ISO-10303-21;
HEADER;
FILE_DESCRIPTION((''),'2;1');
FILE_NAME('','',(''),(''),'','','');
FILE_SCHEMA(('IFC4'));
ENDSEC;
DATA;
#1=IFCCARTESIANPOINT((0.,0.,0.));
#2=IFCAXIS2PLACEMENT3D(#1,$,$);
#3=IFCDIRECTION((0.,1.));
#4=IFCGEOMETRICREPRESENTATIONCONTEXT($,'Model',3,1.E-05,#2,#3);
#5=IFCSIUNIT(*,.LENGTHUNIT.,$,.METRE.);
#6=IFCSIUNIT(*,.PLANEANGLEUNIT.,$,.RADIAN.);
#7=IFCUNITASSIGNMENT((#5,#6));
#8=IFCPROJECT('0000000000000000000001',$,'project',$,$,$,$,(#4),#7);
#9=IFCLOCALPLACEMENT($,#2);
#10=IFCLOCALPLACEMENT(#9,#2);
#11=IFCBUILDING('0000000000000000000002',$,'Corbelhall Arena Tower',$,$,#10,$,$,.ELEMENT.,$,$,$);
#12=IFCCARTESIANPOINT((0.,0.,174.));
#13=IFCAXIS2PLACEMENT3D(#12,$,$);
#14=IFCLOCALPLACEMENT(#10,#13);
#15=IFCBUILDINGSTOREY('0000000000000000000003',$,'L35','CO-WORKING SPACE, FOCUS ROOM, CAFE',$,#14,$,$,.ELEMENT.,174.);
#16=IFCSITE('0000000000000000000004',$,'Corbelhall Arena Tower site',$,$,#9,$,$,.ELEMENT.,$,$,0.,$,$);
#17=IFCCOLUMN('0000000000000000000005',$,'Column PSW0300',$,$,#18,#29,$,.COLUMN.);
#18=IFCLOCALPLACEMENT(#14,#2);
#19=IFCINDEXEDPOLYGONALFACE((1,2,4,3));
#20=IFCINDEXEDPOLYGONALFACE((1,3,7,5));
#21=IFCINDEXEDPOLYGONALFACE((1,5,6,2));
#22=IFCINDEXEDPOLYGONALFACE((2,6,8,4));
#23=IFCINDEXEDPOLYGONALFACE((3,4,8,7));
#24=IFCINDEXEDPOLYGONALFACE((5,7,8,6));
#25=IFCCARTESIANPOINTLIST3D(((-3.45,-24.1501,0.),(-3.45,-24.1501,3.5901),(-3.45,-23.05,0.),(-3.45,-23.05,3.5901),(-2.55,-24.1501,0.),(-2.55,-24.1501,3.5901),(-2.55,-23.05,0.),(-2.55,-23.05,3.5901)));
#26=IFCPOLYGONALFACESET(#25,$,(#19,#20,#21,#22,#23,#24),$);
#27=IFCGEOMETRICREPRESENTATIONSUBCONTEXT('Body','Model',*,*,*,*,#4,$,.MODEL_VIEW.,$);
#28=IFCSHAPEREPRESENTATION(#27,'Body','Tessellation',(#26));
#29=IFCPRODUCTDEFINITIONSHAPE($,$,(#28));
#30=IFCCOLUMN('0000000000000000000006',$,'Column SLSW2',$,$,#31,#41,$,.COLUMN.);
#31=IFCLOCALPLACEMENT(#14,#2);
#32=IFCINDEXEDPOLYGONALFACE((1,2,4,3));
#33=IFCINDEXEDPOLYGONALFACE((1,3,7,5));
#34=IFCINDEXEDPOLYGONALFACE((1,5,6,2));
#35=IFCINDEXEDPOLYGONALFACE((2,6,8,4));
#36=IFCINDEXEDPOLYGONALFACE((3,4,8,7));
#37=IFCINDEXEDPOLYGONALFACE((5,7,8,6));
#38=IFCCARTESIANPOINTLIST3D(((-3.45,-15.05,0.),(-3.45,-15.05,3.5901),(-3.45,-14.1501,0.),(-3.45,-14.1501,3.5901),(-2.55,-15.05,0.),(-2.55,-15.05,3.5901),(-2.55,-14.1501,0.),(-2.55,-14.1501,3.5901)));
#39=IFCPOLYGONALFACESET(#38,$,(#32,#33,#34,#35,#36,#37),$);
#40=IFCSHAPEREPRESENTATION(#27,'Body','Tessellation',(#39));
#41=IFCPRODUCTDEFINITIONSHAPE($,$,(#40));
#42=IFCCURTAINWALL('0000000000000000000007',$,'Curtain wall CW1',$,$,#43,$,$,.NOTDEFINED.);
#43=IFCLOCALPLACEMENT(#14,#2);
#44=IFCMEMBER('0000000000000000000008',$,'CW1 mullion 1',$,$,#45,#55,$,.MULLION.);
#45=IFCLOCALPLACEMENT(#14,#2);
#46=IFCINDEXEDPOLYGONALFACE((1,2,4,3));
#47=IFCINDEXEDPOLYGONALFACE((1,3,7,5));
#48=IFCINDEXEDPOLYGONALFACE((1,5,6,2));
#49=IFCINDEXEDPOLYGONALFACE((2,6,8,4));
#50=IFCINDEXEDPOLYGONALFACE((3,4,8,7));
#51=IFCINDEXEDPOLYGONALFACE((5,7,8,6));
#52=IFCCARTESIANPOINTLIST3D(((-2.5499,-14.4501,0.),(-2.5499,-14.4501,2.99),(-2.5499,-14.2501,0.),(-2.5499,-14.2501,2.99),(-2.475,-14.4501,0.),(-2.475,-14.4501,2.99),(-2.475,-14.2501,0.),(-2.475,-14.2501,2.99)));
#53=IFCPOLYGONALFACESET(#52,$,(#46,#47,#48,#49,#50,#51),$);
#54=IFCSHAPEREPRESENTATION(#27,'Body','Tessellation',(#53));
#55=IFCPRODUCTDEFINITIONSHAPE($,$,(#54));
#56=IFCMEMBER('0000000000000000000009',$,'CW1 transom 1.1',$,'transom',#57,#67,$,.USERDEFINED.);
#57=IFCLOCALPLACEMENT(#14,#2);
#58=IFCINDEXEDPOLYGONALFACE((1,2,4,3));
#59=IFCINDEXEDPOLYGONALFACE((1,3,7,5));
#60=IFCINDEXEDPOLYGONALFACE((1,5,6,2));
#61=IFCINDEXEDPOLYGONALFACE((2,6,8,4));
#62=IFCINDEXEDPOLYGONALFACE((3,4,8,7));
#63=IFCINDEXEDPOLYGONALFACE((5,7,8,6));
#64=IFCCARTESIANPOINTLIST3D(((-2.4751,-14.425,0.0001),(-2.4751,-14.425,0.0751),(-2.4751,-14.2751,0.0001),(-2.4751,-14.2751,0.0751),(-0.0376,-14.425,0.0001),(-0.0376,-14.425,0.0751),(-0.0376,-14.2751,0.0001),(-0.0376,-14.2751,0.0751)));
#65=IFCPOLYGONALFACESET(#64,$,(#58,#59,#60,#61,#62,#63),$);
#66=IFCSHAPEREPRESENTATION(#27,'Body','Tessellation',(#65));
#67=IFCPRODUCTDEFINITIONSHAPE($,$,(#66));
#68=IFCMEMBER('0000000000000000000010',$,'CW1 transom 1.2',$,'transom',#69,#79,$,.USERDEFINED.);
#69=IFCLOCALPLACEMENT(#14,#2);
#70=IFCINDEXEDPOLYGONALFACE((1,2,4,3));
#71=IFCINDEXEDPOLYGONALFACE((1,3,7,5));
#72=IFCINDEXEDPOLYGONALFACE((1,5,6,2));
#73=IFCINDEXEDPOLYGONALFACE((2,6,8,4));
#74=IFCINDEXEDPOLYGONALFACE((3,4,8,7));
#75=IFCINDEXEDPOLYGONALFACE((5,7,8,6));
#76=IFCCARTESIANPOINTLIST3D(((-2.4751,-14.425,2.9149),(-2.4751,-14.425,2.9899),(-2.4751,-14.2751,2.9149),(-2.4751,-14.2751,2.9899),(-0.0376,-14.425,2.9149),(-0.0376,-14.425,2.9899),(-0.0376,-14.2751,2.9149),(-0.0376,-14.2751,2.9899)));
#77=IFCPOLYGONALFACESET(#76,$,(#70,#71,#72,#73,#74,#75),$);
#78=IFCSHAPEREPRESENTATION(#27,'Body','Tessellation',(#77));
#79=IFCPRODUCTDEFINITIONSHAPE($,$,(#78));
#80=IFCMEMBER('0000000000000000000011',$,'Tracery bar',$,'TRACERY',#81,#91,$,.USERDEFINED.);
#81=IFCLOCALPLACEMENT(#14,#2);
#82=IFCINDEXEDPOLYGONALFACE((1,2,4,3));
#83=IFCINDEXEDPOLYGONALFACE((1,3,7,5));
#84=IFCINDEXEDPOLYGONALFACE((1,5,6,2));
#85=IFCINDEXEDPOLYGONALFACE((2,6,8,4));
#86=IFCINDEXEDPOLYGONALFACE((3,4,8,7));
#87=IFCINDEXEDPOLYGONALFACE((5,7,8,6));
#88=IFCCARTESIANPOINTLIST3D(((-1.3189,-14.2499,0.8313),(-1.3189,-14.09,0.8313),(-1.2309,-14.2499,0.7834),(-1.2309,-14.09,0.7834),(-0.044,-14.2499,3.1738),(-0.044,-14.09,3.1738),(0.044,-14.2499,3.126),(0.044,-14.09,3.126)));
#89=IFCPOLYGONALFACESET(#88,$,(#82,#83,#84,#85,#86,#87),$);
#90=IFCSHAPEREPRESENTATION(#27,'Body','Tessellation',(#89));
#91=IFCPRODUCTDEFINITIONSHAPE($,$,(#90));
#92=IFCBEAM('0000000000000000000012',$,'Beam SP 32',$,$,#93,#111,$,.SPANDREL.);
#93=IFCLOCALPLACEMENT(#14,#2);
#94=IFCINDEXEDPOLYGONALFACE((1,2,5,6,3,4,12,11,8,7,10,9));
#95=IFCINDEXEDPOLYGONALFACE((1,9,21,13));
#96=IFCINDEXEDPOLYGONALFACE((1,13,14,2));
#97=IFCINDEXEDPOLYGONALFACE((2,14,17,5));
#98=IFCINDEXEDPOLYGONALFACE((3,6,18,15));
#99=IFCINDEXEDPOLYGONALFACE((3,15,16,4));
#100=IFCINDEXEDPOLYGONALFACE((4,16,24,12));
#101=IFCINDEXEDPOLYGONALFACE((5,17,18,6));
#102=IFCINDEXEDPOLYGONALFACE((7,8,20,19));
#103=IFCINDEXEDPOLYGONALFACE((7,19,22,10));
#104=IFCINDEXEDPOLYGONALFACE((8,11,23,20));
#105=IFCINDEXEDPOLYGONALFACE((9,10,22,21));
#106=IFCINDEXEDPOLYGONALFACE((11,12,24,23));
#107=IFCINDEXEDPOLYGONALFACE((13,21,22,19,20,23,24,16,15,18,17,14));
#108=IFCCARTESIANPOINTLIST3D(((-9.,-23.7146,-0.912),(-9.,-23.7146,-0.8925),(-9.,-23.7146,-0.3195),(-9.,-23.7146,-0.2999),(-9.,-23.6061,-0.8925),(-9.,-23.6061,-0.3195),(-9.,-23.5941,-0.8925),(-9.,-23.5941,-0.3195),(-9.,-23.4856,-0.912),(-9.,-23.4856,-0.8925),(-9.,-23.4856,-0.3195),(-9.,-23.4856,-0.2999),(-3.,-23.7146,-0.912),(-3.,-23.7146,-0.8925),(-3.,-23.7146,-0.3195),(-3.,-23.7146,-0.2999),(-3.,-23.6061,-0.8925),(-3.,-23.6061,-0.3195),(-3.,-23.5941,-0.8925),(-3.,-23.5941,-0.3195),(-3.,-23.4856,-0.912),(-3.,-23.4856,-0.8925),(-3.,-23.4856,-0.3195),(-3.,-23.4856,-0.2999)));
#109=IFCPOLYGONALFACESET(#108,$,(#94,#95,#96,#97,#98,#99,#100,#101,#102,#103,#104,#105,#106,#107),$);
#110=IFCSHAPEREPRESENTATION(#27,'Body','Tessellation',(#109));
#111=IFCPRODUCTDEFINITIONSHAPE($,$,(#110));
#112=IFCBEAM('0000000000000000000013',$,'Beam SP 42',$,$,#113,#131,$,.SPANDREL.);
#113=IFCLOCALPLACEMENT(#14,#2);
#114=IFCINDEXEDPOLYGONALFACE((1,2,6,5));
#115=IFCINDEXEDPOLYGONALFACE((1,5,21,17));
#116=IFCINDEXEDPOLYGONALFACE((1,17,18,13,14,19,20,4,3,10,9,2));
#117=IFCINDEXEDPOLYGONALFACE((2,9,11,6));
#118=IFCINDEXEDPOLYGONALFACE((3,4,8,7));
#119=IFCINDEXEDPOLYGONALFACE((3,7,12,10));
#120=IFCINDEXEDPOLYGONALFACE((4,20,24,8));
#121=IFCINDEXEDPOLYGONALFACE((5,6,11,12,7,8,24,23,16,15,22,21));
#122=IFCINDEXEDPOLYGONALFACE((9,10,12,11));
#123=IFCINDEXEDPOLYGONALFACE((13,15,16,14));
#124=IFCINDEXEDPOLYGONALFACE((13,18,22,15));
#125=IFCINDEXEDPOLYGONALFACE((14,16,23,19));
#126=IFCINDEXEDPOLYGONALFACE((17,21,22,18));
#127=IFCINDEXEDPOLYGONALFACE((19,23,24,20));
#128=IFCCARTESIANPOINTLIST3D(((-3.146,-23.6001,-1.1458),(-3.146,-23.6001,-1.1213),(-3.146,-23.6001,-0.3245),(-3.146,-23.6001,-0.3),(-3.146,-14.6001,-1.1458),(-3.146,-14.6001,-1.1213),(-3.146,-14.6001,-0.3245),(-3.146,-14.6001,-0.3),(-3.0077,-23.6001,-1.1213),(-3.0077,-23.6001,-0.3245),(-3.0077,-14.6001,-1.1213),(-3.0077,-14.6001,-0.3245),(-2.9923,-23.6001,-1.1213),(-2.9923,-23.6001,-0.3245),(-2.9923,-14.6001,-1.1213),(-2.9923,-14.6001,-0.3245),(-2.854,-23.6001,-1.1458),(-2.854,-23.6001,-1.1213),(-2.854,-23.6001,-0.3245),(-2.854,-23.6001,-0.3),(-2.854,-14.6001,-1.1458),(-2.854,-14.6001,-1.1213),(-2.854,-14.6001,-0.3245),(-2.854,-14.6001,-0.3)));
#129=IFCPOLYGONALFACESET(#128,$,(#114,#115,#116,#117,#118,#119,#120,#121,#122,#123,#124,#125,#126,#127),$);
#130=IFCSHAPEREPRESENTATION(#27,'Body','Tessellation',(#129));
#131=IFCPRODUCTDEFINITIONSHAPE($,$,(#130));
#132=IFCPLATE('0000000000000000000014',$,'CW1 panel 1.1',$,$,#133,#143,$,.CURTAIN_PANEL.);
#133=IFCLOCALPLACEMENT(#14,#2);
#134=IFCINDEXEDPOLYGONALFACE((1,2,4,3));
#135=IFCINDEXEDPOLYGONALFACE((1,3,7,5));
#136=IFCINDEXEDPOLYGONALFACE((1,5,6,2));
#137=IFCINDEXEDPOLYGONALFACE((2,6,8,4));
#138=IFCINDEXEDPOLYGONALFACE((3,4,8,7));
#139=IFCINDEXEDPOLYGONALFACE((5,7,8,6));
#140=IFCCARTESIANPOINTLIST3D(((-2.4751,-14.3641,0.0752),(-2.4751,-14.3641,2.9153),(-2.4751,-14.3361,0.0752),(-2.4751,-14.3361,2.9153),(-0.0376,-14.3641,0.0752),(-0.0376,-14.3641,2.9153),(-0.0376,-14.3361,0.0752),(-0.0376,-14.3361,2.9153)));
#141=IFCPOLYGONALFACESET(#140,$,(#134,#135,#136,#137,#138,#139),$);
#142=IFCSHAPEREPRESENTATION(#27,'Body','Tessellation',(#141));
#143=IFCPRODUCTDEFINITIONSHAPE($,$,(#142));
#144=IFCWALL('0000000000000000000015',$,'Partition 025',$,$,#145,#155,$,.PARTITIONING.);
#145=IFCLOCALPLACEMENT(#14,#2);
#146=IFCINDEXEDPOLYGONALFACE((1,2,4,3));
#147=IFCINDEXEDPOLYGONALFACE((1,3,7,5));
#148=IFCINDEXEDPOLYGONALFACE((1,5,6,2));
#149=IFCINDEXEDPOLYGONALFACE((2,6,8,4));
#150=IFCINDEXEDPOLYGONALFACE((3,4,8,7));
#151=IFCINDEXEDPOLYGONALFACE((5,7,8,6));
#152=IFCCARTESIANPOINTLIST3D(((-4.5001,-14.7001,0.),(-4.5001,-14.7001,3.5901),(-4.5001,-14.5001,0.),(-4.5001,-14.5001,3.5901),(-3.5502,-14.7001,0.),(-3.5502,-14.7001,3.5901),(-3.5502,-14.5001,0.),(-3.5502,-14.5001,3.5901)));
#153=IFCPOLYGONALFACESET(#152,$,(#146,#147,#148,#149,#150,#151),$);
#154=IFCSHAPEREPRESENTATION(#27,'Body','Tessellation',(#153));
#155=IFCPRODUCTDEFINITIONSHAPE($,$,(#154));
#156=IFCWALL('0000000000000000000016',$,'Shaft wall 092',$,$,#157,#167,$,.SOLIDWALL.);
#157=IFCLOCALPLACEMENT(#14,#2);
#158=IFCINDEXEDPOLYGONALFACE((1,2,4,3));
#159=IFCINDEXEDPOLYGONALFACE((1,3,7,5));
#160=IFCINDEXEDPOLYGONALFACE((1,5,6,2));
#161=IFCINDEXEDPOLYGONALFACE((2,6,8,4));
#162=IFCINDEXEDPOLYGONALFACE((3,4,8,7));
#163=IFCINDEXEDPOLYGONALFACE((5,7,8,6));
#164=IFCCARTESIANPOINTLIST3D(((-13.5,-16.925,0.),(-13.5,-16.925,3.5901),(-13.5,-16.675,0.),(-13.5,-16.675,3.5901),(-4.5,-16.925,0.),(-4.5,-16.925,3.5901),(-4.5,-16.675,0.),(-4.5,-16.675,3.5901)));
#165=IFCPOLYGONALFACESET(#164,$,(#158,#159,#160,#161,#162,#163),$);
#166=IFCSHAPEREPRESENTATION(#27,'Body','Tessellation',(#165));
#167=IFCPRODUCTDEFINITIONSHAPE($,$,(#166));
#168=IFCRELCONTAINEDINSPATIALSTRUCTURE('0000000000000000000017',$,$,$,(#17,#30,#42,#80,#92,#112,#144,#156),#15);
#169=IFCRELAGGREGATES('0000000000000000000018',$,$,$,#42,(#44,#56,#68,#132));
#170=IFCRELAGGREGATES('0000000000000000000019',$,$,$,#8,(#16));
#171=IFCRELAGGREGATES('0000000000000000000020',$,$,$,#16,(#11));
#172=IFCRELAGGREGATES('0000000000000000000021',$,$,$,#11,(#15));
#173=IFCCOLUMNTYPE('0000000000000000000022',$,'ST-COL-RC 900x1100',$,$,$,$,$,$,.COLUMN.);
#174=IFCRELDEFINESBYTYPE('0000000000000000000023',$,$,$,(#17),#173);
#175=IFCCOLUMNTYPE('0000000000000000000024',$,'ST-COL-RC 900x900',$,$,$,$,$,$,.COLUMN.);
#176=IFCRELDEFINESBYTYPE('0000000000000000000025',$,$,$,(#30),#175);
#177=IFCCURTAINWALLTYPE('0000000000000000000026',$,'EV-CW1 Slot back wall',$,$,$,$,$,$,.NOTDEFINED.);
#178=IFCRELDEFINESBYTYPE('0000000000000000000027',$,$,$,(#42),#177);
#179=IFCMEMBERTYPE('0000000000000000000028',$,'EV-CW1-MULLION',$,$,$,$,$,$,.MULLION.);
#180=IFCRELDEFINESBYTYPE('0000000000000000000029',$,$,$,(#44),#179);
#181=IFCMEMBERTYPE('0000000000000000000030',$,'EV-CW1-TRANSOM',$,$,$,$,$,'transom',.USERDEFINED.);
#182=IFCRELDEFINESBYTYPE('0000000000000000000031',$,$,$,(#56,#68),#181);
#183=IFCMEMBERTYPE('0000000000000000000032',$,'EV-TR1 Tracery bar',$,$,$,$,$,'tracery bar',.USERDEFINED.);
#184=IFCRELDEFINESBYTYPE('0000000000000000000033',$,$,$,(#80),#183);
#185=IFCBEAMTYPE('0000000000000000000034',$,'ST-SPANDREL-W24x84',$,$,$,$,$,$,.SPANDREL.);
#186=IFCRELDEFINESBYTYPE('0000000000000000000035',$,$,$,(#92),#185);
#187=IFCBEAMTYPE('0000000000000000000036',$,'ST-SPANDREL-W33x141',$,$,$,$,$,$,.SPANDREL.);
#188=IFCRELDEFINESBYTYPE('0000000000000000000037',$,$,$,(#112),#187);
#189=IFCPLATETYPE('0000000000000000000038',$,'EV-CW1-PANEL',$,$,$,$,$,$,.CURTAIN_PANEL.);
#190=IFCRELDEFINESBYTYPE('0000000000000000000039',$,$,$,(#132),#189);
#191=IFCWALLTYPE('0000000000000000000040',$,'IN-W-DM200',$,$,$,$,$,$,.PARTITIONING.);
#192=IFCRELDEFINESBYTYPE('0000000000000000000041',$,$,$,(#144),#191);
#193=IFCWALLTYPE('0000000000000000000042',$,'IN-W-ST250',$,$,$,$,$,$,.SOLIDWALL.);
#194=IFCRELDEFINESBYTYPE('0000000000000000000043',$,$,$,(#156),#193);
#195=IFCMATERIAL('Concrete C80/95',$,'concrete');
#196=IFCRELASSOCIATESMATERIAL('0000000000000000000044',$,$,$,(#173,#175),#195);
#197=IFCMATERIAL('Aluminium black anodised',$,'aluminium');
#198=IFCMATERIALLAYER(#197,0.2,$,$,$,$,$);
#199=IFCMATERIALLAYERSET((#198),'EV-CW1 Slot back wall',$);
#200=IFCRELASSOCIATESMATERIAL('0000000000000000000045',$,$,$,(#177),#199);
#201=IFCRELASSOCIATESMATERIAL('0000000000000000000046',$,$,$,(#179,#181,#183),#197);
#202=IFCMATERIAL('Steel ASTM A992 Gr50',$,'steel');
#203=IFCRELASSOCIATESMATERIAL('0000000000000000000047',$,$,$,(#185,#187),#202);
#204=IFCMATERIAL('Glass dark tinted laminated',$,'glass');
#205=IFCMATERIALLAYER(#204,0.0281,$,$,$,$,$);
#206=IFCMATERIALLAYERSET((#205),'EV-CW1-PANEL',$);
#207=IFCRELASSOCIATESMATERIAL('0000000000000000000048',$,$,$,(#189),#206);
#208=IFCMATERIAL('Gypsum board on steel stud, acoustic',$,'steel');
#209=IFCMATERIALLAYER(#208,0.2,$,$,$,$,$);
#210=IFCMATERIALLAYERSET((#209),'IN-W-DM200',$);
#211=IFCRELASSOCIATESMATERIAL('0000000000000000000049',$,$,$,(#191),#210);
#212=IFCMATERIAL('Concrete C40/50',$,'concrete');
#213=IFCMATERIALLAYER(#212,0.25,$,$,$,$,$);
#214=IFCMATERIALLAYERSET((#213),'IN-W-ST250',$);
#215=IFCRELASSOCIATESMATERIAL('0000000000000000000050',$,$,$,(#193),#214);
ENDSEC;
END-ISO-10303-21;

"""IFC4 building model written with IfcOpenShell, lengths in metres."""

from ifc_helpers import new_model, si_unit, direction, frame, frame_2d, origin, origin_2d, place, context, subcontext, project, spatial, rectangle, i_section, extrude, material, layer, layer_set, material_profile, profile_set, type_object, element, aggregate, save


model = new_model("IFC4")

# Units and contexts
model_context = context("Model", 3, precision=1e-05, world=origin(), true_north=direction((0.0, 1.0)))
body_context = subcontext(model_context, "Body", "Model", "MODEL_VIEW")
ifc_project = project(units=[si_unit("LENGTHUNIT", "METRE"), si_unit("PLANEANGLEUNIT", "RADIAN")], contexts=[model_context])

# Site, building, storey
site_placement = place(None, origin())
site = spatial("IfcSite", under=ifc_project, at=site_placement, Name="Corbelhall Arena Tower site", CompositionType="ELEMENT", RefElevation=0.0)
building_placement = place(site_placement, origin())
building = spatial("IfcBuilding", under=site, at=building_placement, Name="Corbelhall Arena Tower", CompositionType="ELEMENT")
storey_placement = place(building_placement, frame((0.0, 0.0, 174.0)))
storey = spatial("IfcBuildingStorey", under=building, at=storey_placement, Name="L35", Description="CO-WORKING SPACE, FOCUS ROOM, CAFE", CompositionType="ELEMENT", Elevation=174.0)

# Columns
ifc_material_1 = material(Name="Concrete C80/95", Category="concrete")
ifc_material_profile_1 = material_profile(ifc_material_1, rectangle(XDim=0.8999, YDim=1.1001, at=origin_2d()))
ifc_profile_set_1 = profile_set([ifc_material_profile_1], Name="Concrete C80/95")
column_type_1 = type_object("IfcColumnType", Name="ST-COL-RC 900x1100", PredefinedType="COLUMN", material=ifc_profile_set_1)
column_1_placement = place(storey_placement, frame((-3.0, -23.6001, 0.0), z_axis=(0.0, 0.0, 1.0), x_axis=(1.0, 0.0, 0.0)))
element("IfcColumn", 1, at=column_1_placement, inside=storey, type_object=column_type_1, Name="Column PSW0300", PredefinedType="COLUMN", context=body_context, shape_type="SweptSolid", body=[
    extrude(rectangle(XDim=0.8999, YDim=1.1001, at=origin_2d()), origin(), (0.0, 0.0, 1.0), 3.5901),
])
ifc_material_profile_2 = material_profile(ifc_material_1, rectangle(XDim=0.8999, YDim=0.8999, at=origin_2d()))
ifc_profile_set_2 = profile_set([ifc_material_profile_2], Name="Concrete C80/95")
column_type_2 = type_object("IfcColumnType", Name="ST-COL-RC 900x900", PredefinedType="COLUMN", material=ifc_profile_set_2)
column_2_placement = place(storey_placement, frame((-3.0, -14.6001, 0.0), z_axis=(0.0, 0.0, 1.0), x_axis=(1.0, 0.0, 0.0)))
element("IfcColumn", 2, at=column_2_placement, inside=storey, type_object=column_type_2, Name="Column SLSW2", PredefinedType="COLUMN", context=body_context, shape_type="SweptSolid", body=[
    extrude(rectangle(XDim=0.8999, YDim=0.8999, at=origin_2d()), origin(), (0.0, 0.0, 1.0), 3.5901),
])

# Curtain wall, members
ifc_material_2 = material(Name="Aluminium black anodised", Category="aluminium")
ifc_layer_1 = layer(ifc_material_2, 0.2)
ifc_layer_set_1 = layer_set([ifc_layer_1], Name="EV-CW1 Slot back wall")
curtain_wall_type = type_object("IfcCurtainWallType", Name="EV-CW1 Slot back wall", PredefinedType="NOTDEFINED", material=ifc_layer_set_1)
curtain_wall_placement = place(storey_placement, origin())
curtain_wall = element("IfcCurtainWall", 3, at=curtain_wall_placement, inside=storey, type_object=curtain_wall_type, Name="Curtain wall CW1", PredefinedType="NOTDEFINED")
ifc_material_profile_3 = material_profile(ifc_material_2, rectangle(XDim=0.2, YDim=0.075, at=origin_2d()))
ifc_profile_set_3 = profile_set([ifc_material_profile_3], Name="Aluminium black anodised")
member_type_1 = type_object("IfcMemberType", Name="EV-CW1-MULLION", PredefinedType="MULLION", material=ifc_profile_set_3)
member_1_placement = place(storey_placement, frame((-2.5125, -14.3501, 0.0), z_axis=(0.0, 0.0, 1.0), x_axis=(0.0, 1.0, 0.0)))
member_1 = element("IfcMember", 4, at=member_1_placement, type_object=member_type_1, Name="CW1 mullion 1", PredefinedType="MULLION", context=body_context, shape_type="SweptSolid", body=[
    extrude(rectangle(XDim=0.2, YDim=0.075, at=origin_2d()), origin(), (0.0, 0.0, 1.0), 2.99),
])
ifc_material_profile_4 = material_profile(ifc_material_2, rectangle(XDim=0.1499, YDim=0.075, at=origin_2d()))
ifc_profile_set_4 = profile_set([ifc_material_profile_4], Name="Aluminium black anodised")
member_type_2 = type_object("IfcMemberType", Name="EV-CW1-TRANSOM", ElementType="transom", PredefinedType="USERDEFINED", material=ifc_profile_set_4)
member_2_placement = place(storey_placement, frame((-2.4751, -14.3501, 0.0376), z_axis=(1.0, 0.0, 0.0), x_axis=(0.0, 1.0, 0.0)))
member_2 = element("IfcMember", 5, at=member_2_placement, type_object=member_type_2, Name="CW1 transom 1.1", ObjectType="transom", PredefinedType="USERDEFINED", context=body_context, shape_type="SweptSolid", body=[
    extrude(rectangle(XDim=0.1499, YDim=0.075, at=origin_2d()), origin(), (0.0, 0.0, 1.0), 2.4375),
])
member_3_placement = place(storey_placement, frame((-2.4751, -14.3501, 2.9524), z_axis=(1.0, 0.0, 0.0), x_axis=(0.0, 1.0, 0.0)))
member_3 = element("IfcMember", 6, at=member_3_placement, type_object=member_type_2, Name="CW1 transom 1.2", ObjectType="transom", PredefinedType="USERDEFINED", context=body_context, shape_type="SweptSolid", body=[
    extrude(rectangle(XDim=0.1499, YDim=0.075, at=origin_2d()), origin(), (0.0, 0.0, 1.0), 2.4375),
])

# Member
ifc_material_profile_5 = material_profile(ifc_material_2, rectangle(XDim=0.1599, YDim=0.1001, at=origin_2d()))
ifc_profile_set_5 = profile_set([ifc_material_profile_5], Name="Aluminium black anodised")
member_type_3 = type_object("IfcMemberType", Name="EV-TR1 Tracery bar", ElementType="tracery bar", PredefinedType="USERDEFINED", material=ifc_profile_set_5)
member_4_placement = place(storey_placement, frame((-1.2749, -14.1699, 0.8074), z_axis=(0.478031, 0.0, 0.878343), x_axis=(0.0, 1.0, 0.0)))
element("IfcMember", 7, at=member_4_placement, inside=storey, type_object=member_type_3, Name="Tracery bar", ObjectType="TRACERY", PredefinedType="USERDEFINED", context=body_context, shape_type="SweptSolid", body=[
    extrude(rectangle(XDim=0.1599, YDim=0.1001, at=origin_2d()), origin(), (0.0, 0.0, 1.0), 2.667),
])

# Beams
ifc_material_3 = material(Name="Steel ASTM A992 Gr50", Category="steel")
ifc_material_profile_6 = material_profile(ifc_material_3, i_section(OverallWidth=0.229, OverallDepth=0.6121, WebThickness=0.012, FlangeThickness=0.0195, at=origin_2d()))
ifc_profile_set_6 = profile_set([ifc_material_profile_6], Name="Steel ASTM A992 Gr50")
beam_type_1 = type_object("IfcBeamType", Name="ST-SPANDREL-W24x84", PredefinedType="SPANDREL", material=ifc_profile_set_6)
beam_1_placement = place(storey_placement, frame((-3.0, -23.6001, -0.606), z_axis=(-1.0, 0.0, 0.0), x_axis=(0.0, -1.0, 0.0)))
element("IfcBeam", 8, at=beam_1_placement, inside=storey, type_object=beam_type_1, Name="Beam SP 32", PredefinedType="SPANDREL", context=body_context, shape_type="SweptSolid", body=[
    extrude(i_section(OverallWidth=0.229, OverallDepth=0.6121, WebThickness=0.012, FlangeThickness=0.0195, at=origin_2d()), origin(), (0.0, 0.0, 1.0), 6.0),
])
ifc_material_profile_7 = material_profile(ifc_material_3, i_section(OverallWidth=0.292, OverallDepth=0.8457, WebThickness=0.0154, FlangeThickness=0.0244, at=origin_2d()))
ifc_profile_set_7 = profile_set([ifc_material_profile_7], Name="Steel ASTM A992 Gr50")
beam_type_2 = type_object("IfcBeamType", Name="ST-SPANDREL-W33x141", PredefinedType="SPANDREL", material=ifc_profile_set_7)
beam_2_placement = place(storey_placement, frame((-3.0, -14.6001, -0.7229), z_axis=(0.0, -1.0, 0.0), x_axis=(1.0, 0.0, 0.0)))
element("IfcBeam", 9, at=beam_2_placement, inside=storey, type_object=beam_type_2, Name="Beam SP 42", PredefinedType="SPANDREL", context=body_context, shape_type="SweptSolid", body=[
    extrude(i_section(OverallWidth=0.292, OverallDepth=0.8457, WebThickness=0.0154, FlangeThickness=0.0244, at=origin_2d()), origin(), (0.0, 0.0, 1.0), 9.0),
])

# Plate
ifc_material_4 = material(Name="Glass dark tinted laminated", Category="glass")
ifc_layer_2 = layer(ifc_material_4, 0.0281)
ifc_layer_set_2 = layer_set([ifc_layer_2], Name="EV-CW1-PANEL")
plate_type = type_object("IfcPlateType", Name="EV-CW1-PANEL", PredefinedType="CURTAIN_PANEL", material=ifc_layer_set_2)
plate_placement = place(storey_placement, frame((-1.2563, -14.3501, 0.0752), z_axis=(0.0, 0.0, 1.0), x_axis=(1.0, 0.0, 0.0)))
plate = element("IfcPlate", 10, at=plate_placement, type_object=plate_type, Name="CW1 panel 1.1", PredefinedType="CURTAIN_PANEL", context=body_context, shape_type="SweptSolid", body=[
    extrude(rectangle(XDim=2.4375, YDim=0.0281, at=origin_2d()), origin(), (0.0, 0.0, 1.0), 2.8401),
])
aggregate(curtain_wall, [member_1, member_2, member_3, plate])

# Walls
ifc_material_5 = material(Name="Gypsum board on steel stud, acoustic", Category="steel")
ifc_layer_3 = layer(ifc_material_5, 0.2)
ifc_layer_set_3 = layer_set([ifc_layer_3], Name="IN-W-DM200")
wall_type_1 = type_object("IfcWallType", Name="IN-W-DM200", PredefinedType="PARTITIONING", material=ifc_layer_set_3)
wall_1_placement = place(storey_placement, frame((-3.55, -14.6001, 0.0), z_axis=(0.0, 0.0, 1.0), x_axis=(-1.0, 0.0, 0.0)))
element("IfcWall", 11, at=wall_1_placement, inside=storey, type_object=wall_type_1, Name="Partition 025", PredefinedType="PARTITIONING", context=body_context, shape_type="SweptSolid", body=[
    extrude(rectangle(XDim=0.95, YDim=0.2, at=frame_2d((0.4751, 0.0))), origin(), (0.0, 0.0, 1.0), 3.5901),
])
ifc_material_6 = material(Name="Concrete C40/50", Category="concrete")
ifc_layer_4 = layer(ifc_material_6, 0.25)
ifc_layer_set_4 = layer_set([ifc_layer_4], Name="IN-W-ST250")
wall_type_2 = type_object("IfcWallType", Name="IN-W-ST250", PredefinedType="SOLIDWALL", material=ifc_layer_set_4)
wall_2_placement = place(storey_placement, frame((-4.5, -16.8, 0.0), z_axis=(0.0, 0.0, 1.0), x_axis=(-1.0, 0.0, 0.0)))
element("IfcWall", 12, at=wall_2_placement, inside=storey, type_object=wall_type_2, Name="Shaft wall 092", PredefinedType="SOLIDWALL", context=body_context, shape_type="SweptSolid", body=[
    extrude(rectangle(XDim=9.0, YDim=0.25, at=frame_2d((4.5, 0.0))), origin(), (0.0, 0.0, 1.0), 3.5901),
])

save(model, "model.ifc")
